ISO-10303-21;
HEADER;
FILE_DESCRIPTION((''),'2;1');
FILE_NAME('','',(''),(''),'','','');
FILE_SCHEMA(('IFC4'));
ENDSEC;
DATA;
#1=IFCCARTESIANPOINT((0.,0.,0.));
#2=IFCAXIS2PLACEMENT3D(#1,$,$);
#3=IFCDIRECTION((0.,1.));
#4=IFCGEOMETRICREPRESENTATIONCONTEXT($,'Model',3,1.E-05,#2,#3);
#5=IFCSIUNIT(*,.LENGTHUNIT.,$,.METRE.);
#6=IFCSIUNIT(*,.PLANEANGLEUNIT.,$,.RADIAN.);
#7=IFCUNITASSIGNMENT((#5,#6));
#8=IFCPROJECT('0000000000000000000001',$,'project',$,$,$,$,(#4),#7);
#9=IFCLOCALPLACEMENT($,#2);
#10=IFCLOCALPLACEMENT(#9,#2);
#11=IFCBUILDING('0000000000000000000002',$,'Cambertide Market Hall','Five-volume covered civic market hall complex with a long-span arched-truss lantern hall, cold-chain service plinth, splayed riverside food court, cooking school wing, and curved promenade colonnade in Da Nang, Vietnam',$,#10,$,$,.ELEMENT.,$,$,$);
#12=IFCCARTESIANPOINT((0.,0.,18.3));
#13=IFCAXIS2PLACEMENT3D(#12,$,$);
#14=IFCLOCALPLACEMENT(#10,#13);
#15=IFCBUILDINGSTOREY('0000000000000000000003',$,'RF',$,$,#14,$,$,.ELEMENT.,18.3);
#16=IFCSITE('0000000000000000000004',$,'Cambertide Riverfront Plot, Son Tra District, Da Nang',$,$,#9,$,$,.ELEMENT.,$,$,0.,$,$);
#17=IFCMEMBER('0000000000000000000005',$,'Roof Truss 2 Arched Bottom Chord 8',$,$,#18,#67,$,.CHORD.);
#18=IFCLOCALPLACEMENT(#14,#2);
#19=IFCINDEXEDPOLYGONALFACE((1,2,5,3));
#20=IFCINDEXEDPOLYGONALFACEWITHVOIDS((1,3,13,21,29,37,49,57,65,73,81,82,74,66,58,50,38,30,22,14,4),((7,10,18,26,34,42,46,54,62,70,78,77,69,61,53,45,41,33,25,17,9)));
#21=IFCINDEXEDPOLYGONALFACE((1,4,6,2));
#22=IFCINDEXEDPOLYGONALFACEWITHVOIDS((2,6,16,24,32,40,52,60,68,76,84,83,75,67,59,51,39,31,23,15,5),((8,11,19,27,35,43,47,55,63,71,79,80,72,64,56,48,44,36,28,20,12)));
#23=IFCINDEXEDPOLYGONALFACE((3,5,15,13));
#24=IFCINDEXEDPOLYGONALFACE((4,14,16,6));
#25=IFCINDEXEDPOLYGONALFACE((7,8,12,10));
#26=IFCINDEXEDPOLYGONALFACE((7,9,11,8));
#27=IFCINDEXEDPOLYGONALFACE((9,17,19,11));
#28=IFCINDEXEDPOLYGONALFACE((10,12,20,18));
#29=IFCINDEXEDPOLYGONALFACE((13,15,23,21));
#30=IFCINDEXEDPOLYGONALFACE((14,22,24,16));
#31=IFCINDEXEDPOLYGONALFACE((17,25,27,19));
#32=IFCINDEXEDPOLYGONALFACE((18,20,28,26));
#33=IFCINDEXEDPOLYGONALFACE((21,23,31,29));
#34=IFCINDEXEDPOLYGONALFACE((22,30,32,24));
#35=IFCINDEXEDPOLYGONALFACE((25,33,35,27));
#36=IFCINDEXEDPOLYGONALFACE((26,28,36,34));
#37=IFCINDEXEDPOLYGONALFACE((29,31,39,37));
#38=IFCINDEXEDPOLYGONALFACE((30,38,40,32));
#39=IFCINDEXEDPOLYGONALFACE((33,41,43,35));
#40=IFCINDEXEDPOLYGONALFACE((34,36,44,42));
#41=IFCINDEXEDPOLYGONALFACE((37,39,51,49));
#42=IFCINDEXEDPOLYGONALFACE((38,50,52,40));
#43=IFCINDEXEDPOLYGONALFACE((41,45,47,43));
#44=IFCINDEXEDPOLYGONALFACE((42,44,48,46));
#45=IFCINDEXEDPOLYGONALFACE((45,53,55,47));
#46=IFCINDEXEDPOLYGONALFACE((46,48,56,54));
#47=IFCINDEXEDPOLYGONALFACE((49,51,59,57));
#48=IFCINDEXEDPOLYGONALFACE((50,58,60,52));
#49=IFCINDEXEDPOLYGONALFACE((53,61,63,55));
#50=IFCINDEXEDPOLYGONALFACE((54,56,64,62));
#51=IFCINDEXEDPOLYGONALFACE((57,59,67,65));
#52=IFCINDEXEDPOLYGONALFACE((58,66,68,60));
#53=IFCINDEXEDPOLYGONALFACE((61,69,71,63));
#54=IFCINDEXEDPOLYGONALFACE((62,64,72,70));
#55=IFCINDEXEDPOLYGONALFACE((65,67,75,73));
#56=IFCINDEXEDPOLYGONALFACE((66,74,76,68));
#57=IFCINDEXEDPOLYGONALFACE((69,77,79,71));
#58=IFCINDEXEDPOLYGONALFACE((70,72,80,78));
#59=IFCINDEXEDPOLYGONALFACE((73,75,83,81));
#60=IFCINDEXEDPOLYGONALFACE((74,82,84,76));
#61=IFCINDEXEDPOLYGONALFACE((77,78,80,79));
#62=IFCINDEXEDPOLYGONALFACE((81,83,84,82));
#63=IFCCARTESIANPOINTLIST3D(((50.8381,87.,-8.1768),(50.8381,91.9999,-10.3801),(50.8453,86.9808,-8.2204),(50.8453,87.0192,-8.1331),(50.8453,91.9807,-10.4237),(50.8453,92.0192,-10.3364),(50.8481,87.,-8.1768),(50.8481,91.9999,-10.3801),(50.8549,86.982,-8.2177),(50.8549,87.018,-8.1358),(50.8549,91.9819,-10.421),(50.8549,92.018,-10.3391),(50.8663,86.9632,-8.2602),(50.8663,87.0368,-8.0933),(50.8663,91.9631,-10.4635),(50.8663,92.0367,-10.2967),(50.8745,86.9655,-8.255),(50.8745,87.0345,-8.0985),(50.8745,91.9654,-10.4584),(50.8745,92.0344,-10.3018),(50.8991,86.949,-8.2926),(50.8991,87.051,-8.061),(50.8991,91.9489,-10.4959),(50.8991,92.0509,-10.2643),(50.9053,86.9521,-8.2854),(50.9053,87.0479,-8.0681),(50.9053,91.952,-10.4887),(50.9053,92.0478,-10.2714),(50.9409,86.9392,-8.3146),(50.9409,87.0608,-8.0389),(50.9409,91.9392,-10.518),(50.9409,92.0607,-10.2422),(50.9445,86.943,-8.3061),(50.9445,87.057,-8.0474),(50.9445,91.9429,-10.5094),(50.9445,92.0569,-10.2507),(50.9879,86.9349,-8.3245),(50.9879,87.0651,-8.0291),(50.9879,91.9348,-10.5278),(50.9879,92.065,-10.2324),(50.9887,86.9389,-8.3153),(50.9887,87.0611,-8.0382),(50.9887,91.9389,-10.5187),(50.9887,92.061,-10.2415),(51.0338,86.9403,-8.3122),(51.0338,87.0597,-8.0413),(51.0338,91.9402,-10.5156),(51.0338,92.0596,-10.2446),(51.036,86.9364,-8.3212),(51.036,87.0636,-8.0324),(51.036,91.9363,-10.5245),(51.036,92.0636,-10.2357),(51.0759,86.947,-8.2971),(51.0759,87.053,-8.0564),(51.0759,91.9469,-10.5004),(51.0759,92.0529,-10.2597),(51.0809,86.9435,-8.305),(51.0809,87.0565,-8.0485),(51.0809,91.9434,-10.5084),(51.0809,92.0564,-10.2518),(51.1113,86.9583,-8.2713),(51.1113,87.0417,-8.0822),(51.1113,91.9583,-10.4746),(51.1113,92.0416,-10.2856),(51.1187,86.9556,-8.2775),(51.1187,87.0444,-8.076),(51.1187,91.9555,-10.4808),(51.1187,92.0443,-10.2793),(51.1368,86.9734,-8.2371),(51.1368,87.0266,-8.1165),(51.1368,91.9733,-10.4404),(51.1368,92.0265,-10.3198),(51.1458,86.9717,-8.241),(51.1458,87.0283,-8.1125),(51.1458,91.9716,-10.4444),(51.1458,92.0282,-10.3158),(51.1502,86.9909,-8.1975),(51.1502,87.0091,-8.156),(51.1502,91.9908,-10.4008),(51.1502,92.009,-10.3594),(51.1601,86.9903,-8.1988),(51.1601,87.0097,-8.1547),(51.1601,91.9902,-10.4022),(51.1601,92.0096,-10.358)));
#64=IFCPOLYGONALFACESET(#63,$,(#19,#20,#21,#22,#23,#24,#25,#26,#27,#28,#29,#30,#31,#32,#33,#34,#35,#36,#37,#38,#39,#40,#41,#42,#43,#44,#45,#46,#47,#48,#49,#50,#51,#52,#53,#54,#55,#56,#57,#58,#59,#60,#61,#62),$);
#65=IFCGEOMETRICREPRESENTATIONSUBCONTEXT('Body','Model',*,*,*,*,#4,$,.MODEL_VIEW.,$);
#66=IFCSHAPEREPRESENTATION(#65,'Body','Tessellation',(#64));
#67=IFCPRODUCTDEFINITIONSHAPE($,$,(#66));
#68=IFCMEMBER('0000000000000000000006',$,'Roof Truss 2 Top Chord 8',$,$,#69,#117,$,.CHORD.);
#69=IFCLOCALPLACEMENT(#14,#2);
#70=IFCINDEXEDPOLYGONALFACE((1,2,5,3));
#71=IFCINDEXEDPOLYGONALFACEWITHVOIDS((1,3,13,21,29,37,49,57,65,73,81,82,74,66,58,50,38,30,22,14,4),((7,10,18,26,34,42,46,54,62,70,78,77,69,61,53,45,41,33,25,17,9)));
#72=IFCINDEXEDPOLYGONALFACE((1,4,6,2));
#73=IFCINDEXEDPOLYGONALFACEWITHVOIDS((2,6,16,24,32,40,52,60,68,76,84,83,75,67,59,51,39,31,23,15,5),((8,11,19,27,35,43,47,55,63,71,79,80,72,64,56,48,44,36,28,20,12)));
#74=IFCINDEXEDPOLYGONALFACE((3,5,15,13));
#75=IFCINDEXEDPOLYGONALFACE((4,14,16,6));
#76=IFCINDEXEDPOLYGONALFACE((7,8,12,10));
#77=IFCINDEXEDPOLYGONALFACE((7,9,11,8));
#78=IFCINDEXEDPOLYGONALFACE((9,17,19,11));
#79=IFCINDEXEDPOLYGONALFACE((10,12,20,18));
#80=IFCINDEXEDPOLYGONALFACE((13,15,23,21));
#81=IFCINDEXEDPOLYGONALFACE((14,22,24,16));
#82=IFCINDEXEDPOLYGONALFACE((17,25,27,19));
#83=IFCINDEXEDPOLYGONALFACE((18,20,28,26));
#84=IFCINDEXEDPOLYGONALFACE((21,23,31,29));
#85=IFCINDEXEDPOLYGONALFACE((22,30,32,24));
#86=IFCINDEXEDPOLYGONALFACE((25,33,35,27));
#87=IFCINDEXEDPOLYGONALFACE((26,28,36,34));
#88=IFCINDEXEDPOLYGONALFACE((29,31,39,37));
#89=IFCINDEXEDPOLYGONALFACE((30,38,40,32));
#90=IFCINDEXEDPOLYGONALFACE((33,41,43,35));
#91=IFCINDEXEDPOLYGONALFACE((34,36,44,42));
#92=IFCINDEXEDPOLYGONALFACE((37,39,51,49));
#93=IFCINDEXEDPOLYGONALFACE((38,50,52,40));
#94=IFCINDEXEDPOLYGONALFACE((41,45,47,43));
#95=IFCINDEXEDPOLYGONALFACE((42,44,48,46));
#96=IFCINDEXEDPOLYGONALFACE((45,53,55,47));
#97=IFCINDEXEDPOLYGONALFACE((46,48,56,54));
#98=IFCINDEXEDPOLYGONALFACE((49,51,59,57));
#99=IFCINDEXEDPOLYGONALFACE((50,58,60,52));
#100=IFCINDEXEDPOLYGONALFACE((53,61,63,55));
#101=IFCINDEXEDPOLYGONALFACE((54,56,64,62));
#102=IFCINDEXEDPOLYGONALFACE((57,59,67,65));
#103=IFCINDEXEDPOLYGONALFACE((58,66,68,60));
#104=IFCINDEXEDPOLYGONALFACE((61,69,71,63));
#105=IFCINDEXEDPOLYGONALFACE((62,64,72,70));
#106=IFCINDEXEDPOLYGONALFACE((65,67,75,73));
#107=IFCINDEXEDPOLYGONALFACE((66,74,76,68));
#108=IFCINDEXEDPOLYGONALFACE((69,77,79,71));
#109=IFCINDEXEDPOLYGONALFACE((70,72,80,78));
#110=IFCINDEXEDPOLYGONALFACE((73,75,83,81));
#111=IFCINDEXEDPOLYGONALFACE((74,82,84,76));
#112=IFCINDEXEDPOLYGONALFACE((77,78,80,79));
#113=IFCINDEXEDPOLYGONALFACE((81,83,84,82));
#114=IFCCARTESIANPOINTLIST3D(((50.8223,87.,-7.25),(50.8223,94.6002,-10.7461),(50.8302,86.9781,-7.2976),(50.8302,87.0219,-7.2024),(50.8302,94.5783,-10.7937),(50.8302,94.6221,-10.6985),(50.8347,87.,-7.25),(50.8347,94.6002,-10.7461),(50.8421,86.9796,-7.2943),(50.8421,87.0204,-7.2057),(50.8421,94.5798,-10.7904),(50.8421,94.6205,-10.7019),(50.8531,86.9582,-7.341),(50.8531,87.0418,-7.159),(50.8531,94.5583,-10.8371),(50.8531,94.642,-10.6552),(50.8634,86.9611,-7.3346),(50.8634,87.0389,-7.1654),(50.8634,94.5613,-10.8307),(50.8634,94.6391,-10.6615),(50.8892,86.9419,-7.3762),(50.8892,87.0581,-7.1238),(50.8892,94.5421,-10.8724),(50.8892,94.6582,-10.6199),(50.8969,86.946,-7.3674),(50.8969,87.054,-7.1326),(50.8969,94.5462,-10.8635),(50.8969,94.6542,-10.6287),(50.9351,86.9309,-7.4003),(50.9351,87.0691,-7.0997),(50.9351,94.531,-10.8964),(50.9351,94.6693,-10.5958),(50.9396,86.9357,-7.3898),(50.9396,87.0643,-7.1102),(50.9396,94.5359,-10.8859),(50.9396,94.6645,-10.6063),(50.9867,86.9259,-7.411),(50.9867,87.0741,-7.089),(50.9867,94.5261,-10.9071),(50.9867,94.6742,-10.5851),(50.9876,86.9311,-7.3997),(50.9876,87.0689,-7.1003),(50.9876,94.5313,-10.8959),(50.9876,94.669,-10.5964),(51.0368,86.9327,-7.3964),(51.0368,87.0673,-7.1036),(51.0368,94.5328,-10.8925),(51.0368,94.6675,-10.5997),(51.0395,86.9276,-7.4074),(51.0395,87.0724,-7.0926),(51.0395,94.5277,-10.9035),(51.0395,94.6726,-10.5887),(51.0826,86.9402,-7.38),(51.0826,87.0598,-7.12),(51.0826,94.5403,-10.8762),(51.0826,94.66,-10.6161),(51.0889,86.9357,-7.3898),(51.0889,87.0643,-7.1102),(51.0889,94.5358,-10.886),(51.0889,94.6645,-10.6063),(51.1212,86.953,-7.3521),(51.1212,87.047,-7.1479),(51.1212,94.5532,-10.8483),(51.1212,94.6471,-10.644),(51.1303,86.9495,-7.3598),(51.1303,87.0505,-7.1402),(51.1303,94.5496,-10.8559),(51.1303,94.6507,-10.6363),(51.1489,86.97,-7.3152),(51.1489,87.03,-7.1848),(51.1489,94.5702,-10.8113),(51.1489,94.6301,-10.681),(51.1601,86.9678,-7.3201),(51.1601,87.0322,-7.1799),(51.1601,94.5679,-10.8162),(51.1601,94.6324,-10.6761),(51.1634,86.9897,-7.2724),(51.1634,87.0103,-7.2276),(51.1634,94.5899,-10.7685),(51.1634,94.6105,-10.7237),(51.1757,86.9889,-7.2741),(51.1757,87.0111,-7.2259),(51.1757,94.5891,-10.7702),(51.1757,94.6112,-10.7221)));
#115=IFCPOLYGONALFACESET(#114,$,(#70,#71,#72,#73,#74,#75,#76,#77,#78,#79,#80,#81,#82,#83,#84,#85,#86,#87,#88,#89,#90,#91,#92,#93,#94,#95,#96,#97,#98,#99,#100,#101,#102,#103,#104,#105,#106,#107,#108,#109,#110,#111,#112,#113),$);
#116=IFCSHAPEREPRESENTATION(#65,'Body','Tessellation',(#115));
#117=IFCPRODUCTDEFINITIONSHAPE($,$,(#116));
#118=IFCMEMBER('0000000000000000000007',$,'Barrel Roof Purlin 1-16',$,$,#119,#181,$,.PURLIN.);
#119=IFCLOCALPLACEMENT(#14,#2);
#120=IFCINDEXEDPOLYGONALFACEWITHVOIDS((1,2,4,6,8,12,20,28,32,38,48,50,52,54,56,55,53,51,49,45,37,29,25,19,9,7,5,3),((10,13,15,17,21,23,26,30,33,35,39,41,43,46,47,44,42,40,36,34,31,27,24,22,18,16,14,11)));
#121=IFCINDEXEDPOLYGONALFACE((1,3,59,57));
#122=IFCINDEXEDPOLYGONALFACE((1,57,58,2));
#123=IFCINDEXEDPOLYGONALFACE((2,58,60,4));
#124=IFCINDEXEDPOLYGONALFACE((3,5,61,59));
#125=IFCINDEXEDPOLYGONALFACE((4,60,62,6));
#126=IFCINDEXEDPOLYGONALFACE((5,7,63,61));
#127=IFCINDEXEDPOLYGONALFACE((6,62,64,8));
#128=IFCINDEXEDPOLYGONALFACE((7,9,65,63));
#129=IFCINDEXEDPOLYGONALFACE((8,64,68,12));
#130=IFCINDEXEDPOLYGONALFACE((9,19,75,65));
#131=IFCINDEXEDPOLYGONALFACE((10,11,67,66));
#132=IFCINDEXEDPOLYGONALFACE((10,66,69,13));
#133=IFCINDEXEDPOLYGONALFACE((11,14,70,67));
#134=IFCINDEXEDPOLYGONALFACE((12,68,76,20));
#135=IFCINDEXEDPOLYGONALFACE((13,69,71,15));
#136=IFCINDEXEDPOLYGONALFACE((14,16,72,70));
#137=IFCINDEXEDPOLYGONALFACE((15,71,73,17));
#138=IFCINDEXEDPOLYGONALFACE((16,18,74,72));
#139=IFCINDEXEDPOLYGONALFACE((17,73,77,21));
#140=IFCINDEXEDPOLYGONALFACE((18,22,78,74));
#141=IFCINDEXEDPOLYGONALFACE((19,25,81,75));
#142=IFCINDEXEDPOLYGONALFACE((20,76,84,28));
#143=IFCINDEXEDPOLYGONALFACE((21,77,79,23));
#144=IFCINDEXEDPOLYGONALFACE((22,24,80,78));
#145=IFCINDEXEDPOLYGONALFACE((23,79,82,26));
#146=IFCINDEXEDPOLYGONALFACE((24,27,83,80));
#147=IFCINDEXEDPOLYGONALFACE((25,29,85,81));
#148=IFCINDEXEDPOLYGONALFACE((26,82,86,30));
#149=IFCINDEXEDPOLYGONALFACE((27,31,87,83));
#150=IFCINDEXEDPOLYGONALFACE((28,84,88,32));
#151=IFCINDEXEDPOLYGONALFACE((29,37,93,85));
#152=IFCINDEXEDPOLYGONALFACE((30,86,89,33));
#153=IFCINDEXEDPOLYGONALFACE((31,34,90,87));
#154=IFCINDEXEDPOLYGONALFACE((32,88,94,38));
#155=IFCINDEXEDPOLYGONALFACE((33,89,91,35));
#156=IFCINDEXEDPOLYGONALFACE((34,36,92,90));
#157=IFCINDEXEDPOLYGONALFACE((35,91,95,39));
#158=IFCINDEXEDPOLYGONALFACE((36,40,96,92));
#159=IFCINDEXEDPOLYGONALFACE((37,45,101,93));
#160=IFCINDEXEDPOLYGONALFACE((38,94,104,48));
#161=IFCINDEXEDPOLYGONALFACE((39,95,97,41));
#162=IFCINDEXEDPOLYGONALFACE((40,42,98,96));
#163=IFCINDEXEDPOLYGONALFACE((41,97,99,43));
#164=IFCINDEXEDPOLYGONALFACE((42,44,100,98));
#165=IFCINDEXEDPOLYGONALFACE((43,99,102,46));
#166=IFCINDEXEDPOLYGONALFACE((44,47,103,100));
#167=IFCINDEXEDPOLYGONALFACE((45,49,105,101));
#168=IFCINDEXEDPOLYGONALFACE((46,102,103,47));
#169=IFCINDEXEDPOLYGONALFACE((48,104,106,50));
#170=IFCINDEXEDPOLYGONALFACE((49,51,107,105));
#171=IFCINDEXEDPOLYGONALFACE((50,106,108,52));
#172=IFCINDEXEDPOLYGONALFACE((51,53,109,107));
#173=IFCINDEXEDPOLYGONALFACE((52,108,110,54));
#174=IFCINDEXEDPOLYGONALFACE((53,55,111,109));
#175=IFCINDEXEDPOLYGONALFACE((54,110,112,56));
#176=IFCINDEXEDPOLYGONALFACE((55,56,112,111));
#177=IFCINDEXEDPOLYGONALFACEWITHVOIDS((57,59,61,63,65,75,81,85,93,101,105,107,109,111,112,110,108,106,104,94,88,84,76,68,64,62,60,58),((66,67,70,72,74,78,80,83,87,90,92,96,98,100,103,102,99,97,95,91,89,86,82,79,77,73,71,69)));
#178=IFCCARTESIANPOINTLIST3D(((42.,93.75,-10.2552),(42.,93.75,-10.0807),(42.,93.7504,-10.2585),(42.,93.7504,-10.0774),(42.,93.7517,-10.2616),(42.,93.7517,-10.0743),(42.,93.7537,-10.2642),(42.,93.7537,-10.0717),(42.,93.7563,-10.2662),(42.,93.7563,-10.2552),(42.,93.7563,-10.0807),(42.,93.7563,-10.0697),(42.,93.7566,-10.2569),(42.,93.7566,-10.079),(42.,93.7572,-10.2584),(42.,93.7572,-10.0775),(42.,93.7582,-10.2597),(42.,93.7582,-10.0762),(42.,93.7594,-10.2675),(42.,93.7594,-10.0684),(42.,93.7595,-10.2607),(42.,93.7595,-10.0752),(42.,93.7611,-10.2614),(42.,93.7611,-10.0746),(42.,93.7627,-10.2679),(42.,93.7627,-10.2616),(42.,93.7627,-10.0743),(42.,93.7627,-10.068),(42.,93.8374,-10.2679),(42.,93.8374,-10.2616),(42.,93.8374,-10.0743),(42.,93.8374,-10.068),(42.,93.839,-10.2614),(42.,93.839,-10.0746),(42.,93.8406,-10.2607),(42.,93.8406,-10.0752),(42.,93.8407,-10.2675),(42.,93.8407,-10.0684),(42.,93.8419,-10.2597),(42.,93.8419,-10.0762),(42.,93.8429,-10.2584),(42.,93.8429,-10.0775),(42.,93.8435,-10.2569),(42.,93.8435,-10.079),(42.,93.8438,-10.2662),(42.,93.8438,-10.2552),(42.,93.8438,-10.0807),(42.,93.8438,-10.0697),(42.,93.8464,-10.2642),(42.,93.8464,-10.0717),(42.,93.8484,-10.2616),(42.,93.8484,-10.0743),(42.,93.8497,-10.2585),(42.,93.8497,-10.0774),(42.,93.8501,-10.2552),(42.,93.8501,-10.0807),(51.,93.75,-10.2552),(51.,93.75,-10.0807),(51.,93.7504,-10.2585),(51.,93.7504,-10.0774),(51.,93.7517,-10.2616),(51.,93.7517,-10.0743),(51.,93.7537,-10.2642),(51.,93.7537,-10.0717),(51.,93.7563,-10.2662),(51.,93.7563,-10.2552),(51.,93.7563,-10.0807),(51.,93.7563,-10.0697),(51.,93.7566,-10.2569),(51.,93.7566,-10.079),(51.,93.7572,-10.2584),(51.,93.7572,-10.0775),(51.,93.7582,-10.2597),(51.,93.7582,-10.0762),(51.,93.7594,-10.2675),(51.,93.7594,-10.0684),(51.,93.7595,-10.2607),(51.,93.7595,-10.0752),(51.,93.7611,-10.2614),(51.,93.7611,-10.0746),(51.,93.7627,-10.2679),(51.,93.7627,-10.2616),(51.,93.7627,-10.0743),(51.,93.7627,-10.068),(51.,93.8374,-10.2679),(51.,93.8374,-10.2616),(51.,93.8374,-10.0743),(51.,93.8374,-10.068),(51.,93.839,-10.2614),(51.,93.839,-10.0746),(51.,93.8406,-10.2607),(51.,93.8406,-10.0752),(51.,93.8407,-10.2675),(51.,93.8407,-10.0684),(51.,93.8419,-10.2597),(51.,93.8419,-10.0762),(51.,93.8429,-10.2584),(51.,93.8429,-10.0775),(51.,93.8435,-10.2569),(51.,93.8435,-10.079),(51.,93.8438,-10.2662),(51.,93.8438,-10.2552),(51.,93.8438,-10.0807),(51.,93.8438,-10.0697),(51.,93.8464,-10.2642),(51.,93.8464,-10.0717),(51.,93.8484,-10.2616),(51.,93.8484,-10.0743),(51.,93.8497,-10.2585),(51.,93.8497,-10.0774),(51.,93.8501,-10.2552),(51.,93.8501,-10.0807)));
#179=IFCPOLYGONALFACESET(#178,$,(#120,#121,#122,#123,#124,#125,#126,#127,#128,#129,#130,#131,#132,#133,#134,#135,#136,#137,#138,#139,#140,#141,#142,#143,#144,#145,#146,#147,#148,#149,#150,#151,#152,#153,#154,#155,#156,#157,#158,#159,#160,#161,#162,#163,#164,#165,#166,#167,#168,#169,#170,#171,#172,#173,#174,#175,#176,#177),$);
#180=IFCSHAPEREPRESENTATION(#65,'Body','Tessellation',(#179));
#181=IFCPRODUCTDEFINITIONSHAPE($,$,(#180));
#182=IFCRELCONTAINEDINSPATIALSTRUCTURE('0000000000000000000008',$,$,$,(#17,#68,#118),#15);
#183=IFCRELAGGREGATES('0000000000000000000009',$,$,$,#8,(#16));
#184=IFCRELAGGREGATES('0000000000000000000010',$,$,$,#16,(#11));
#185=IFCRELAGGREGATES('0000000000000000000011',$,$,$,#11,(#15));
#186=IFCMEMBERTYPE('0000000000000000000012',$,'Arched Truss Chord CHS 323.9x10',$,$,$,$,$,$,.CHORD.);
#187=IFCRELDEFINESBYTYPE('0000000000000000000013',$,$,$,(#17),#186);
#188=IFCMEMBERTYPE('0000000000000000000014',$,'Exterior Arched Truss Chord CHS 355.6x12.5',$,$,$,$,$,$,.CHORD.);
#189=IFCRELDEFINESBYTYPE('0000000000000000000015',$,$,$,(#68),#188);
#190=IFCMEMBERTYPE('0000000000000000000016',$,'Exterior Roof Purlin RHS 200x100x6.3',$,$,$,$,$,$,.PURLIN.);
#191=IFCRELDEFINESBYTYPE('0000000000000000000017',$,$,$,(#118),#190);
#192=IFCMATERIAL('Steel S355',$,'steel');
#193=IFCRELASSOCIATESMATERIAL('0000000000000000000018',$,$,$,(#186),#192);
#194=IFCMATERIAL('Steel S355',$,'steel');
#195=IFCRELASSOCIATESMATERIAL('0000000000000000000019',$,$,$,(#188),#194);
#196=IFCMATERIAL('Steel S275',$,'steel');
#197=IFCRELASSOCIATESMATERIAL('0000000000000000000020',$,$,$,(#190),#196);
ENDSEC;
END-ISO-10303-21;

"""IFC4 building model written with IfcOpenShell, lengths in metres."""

from ifc_helpers import new_model, si_unit, direction, frame, origin, origin_2d, place, context, subcontext, project, spatial, hollow_rectangle, hollow_circle, extrude, material, material_profile, profile_set, type_object, element, save


model = new_model("IFC4")

# Units and contexts
model_context = context("Model", 3, precision=1e-05, world=origin(), true_north=direction((0.0, 1.0)))
body_context = subcontext(model_context, "Body", "Model", "MODEL_VIEW")
ifc_project = project(units=[si_unit("LENGTHUNIT", "METRE"), si_unit("PLANEANGLEUNIT", "RADIAN")], contexts=[model_context])

# Site, building, storey
site_placement = place(None, origin())
site = spatial("IfcSite", under=ifc_project, at=site_placement, Name="Cambertide Riverfront Plot, Son Tra District, Da Nang", CompositionType="ELEMENT", RefElevation=0.0)
building_placement = place(site_placement, origin())
building = spatial("IfcBuilding", under=site, at=building_placement, Name="Cambertide Market Hall", Description="Five-volume covered civic market hall complex with a long-span arched-truss lantern hall, cold-chain service plinth, splayed riverside food court, cooking school wing, and curved promenade colonnade in Da Nang, Vietnam", CompositionType="ELEMENT")
storey_placement = place(building_placement, frame((0.0, 0.0, 18.3)))
storey = spatial("IfcBuildingStorey", under=building, at=storey_placement, Name="RF", CompositionType="ELEMENT", Elevation=18.3)

# Members
ifc_material_1 = material(Name="Steel S355", Category="steel")
ifc_material_profile_1 = material_profile(ifc_material_1, hollow_circle(Radius=0.1619, WallThickness=0.01, at=origin_2d()), Name="CHS 323.9x10")
ifc_profile_set_1 = profile_set([ifc_material_profile_1], Name="Steel S355")
member_type_1 = type_object("IfcMemberType", Name="Arched Truss Chord CHS 323.9x10", PredefinedType="CHORD", material=ifc_profile_set_1)
member_1_placement = place(storey_placement, frame((51.0, 87.0, -8.1768), z_axis=(0.0, 0.915088, -0.403255), x_axis=(-1.0, 0.0, 0.0)))
element("IfcMember", 1, at=member_1_placement, inside=storey, type_object=member_type_1, Name="Roof Truss 2 Arched Bottom Chord 8", PredefinedType="CHORD", context=body_context, shape_type="SweptSolid", body=[
    extrude(hollow_circle(Radius=0.1619, WallThickness=0.01, at=origin_2d()), origin(), (0.0, 0.0, 1.0), 5.4639),
])
ifc_material_2 = material(Name="Steel S355", Category="steel")
ifc_material_profile_2 = material_profile(ifc_material_2, hollow_circle(Radius=0.1777, WallThickness=0.0125, at=origin_2d()), Name="CHS 355.6x12.5")
ifc_profile_set_2 = profile_set([ifc_material_profile_2], Name="Steel S355")
member_type_2 = type_object("IfcMemberType", Name="Exterior Arched Truss Chord CHS 355.6x12.5", PredefinedType="CHORD", material=ifc_profile_set_2)
member_2_placement = place(storey_placement, frame((51.0, 87.0, -7.25), z_axis=(0.0, 0.908488, -0.41791), x_axis=(-1.0, 0.0, 0.0)))
element("IfcMember", 2, at=member_2_placement, inside=storey, type_object=member_type_2, Name="Roof Truss 2 Top Chord 8", PredefinedType="CHORD", context=body_context, shape_type="SweptSolid", body=[
    extrude(hollow_circle(Radius=0.1777, WallThickness=0.0125, at=origin_2d()), origin(), (0.0, 0.0, 1.0), 8.3657),
])
ifc_material_3 = material(Name="Steel S275", Category="steel")
ifc_material_profile_3 = material_profile(ifc_material_3, hollow_rectangle(XDim=0.1001, YDim=0.2, WallThickness=0.0063, InnerFilletRadius=0.0063, OuterFilletRadius=0.0127, at=origin_2d()), Name="RHS 200x100x6.3")
ifc_profile_set_3 = profile_set([ifc_material_profile_3], Name="Steel S275")
member_type_3 = type_object("IfcMemberType", Name="Exterior Roof Purlin RHS 200x100x6.3", PredefinedType="PURLIN", material=ifc_profile_set_3)
member_3_placement = place(storey_placement, frame((42.0, 93.8, -10.168), z_axis=(1.0, 0.0, 0.0), x_axis=(0.0, 1.0, 0.0)))
element("IfcMember", 3, at=member_3_placement, inside=storey, type_object=member_type_3, Name="Barrel Roof Purlin 1-16", PredefinedType="PURLIN", context=body_context, shape_type="SweptSolid", body=[
    extrude(hollow_rectangle(XDim=0.1001, YDim=0.2, WallThickness=0.0063, InnerFilletRadius=0.0063, OuterFilletRadius=0.0127, at=origin_2d()), origin(), (0.0, 0.0, 1.0), 9.0),
])

save(model, "model.ifc")
